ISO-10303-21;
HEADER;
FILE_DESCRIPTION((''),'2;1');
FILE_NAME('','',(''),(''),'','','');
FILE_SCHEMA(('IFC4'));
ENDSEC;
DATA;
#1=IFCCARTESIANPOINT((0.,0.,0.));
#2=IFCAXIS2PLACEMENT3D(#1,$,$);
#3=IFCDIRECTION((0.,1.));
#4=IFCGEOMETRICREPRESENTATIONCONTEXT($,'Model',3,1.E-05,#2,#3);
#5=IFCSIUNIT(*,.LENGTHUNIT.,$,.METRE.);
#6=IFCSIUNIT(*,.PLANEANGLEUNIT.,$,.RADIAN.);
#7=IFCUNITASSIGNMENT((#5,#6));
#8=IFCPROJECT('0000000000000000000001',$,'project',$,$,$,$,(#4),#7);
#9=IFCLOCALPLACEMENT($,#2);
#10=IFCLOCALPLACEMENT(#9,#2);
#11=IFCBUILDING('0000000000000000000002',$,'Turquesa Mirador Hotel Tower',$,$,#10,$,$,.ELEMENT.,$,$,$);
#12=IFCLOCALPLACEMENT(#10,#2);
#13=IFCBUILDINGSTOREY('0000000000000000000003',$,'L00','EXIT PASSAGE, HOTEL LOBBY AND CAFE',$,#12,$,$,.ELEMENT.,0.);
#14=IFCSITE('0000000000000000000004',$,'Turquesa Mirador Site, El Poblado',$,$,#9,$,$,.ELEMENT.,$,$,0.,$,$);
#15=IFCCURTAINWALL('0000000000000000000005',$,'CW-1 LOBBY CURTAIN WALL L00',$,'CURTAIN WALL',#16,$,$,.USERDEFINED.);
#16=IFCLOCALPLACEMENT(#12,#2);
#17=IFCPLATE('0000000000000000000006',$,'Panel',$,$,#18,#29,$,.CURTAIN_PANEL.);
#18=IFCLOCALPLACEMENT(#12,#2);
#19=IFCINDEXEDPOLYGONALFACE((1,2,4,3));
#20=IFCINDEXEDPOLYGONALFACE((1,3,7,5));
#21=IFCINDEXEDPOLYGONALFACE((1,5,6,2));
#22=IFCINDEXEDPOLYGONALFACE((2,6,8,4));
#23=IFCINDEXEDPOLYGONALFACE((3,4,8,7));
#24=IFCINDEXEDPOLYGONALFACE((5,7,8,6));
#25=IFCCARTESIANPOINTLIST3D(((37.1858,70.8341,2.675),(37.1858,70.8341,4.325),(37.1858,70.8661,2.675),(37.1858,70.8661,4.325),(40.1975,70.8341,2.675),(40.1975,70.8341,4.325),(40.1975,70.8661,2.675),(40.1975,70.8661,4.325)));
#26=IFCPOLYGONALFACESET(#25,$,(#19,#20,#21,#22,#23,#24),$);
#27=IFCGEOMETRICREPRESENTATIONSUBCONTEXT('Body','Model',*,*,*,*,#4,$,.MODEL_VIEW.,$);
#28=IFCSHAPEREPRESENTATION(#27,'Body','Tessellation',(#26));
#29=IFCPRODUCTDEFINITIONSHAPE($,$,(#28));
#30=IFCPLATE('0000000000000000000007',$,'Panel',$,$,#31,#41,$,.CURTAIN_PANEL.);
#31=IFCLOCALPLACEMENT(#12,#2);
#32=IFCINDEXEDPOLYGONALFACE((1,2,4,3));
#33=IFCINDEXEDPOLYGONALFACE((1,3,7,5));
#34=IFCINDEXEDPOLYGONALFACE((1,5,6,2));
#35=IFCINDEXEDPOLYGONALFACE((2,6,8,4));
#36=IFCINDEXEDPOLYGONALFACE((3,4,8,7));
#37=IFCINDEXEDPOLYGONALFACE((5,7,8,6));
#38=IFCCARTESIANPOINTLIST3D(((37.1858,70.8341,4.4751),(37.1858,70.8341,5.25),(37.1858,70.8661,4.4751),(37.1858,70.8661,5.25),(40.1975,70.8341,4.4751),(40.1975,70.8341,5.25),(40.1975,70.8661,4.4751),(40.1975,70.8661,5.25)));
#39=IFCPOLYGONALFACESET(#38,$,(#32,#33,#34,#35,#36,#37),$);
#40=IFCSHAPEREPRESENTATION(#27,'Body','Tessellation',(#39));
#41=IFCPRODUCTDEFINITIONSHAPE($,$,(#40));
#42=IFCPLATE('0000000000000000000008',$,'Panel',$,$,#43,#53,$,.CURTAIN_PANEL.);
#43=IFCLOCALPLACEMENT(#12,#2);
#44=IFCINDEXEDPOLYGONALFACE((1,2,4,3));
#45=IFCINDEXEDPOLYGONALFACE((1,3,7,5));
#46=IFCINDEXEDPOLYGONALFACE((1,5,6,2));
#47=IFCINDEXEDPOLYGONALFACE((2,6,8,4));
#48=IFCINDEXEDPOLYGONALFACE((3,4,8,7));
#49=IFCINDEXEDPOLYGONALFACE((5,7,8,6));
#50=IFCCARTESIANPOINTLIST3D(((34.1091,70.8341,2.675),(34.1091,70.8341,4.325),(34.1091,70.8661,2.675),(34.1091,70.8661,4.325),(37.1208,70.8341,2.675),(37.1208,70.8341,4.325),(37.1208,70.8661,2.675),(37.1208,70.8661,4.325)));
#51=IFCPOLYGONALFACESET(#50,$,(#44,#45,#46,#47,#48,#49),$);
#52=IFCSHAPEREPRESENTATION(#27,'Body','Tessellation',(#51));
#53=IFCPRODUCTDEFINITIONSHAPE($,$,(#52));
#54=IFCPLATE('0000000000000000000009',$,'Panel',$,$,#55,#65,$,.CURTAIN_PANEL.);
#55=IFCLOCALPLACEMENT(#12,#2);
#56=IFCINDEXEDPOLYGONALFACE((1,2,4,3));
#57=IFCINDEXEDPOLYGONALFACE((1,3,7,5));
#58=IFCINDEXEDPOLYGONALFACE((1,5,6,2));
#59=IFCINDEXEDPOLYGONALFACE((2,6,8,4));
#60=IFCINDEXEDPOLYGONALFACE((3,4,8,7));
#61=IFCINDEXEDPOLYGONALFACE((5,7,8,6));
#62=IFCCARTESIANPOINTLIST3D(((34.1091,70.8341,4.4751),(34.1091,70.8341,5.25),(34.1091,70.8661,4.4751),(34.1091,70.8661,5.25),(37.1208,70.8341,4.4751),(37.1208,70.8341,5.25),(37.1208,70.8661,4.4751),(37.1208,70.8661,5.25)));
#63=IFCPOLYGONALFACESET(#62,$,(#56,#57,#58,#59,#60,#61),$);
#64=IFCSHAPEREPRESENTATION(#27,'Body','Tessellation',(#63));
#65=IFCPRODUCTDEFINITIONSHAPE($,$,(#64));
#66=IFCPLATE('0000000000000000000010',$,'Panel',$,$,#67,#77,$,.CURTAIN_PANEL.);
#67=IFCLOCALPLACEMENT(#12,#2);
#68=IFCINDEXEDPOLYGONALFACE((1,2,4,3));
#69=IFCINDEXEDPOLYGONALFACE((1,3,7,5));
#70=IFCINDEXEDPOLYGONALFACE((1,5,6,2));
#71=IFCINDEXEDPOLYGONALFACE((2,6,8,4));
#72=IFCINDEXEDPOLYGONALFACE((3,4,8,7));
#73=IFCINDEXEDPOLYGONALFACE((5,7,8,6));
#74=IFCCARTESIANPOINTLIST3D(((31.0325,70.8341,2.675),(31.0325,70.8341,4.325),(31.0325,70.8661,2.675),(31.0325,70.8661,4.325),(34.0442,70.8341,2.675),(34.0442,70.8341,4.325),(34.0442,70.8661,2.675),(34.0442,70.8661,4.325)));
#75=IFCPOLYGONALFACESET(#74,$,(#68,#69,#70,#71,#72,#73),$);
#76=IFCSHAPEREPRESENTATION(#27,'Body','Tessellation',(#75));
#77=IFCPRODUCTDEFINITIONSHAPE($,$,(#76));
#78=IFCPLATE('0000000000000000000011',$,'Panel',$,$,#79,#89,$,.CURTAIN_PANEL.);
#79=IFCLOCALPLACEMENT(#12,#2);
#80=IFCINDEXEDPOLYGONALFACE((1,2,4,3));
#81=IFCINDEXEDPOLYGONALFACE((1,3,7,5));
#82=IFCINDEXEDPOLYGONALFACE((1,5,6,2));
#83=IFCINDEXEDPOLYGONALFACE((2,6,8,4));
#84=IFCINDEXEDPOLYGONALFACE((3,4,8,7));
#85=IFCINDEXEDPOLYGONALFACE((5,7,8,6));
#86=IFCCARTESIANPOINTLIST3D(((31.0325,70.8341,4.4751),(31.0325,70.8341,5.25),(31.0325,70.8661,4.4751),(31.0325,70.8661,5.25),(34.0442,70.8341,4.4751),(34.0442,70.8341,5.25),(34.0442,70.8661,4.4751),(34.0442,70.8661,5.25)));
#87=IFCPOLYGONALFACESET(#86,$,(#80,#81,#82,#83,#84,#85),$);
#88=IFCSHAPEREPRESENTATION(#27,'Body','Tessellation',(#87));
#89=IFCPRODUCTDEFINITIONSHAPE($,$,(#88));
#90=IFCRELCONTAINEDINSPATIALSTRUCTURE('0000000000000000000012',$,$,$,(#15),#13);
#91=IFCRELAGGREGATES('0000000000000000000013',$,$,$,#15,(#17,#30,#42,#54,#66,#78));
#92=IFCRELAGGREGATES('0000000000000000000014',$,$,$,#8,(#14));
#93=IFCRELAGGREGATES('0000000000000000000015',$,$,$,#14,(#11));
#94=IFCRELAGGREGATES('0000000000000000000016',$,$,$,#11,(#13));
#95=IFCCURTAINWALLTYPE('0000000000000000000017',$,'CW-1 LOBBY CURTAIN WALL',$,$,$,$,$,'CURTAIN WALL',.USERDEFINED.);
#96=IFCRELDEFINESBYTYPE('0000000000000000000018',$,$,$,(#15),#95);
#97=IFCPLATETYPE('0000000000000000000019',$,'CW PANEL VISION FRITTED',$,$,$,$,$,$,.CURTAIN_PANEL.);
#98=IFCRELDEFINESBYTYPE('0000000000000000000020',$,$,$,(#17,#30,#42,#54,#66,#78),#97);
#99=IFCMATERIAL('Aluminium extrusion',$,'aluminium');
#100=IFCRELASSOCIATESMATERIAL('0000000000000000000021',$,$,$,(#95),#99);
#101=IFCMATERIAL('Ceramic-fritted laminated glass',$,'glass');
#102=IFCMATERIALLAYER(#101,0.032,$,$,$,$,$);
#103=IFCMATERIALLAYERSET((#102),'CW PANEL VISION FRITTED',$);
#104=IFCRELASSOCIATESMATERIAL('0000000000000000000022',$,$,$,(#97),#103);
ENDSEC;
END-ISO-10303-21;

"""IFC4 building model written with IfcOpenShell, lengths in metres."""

from ifc_helpers import new_model, si_unit, direction, frame, origin, origin_2d, place, context, subcontext, project, spatial, rectangle, extrude, material, layer, layer_set, type_object, element, aggregate, save


model = new_model("IFC4")

# Units and contexts
model_context = context("Model", 3, precision=1e-05, world=origin(), true_north=direction((0.0, 1.0)))
body_context = subcontext(model_context, "Body", "Model", "MODEL_VIEW")
ifc_project = project(units=[si_unit("LENGTHUNIT", "METRE"), si_unit("PLANEANGLEUNIT", "RADIAN")], contexts=[model_context])

# Site, building, storey
site_placement = place(None, origin())
site = spatial("IfcSite", under=ifc_project, at=site_placement, Name="Turquesa Mirador Site, El Poblado", CompositionType="ELEMENT", RefElevation=0.0)
building_placement = place(site_placement, origin())
building = spatial("IfcBuilding", under=site, at=building_placement, Name="Turquesa Mirador Hotel Tower", CompositionType="ELEMENT")
storey_placement = place(building_placement, origin())
storey = spatial("IfcBuildingStorey", under=building, at=storey_placement, Name="L00", Description="EXIT PASSAGE, HOTEL LOBBY AND CAFE", CompositionType="ELEMENT", Elevation=0.0)

# Curtain wall, plates
ifc_material_1 = material(Name="Aluminium extrusion", Category="aluminium")
curtain_wall_type = type_object("IfcCurtainWallType", Name="CW-1 LOBBY CURTAIN WALL", ElementType="CURTAIN WALL", PredefinedType="USERDEFINED", material=ifc_material_1)
curtain_wall_placement = place(storey_placement, origin())
curtain_wall = element("IfcCurtainWall", 1, at=curtain_wall_placement, inside=storey, type_object=curtain_wall_type, Name="CW-1 LOBBY CURTAIN WALL L00", ObjectType="CURTAIN WALL", PredefinedType="USERDEFINED")
ifc_material_2 = material(Name="Ceramic-fritted laminated glass", Category="glass")
ifc_layer_1 = layer(ifc_material_2, 0.032)
ifc_layer_set_1 = layer_set([ifc_layer_1], Name="CW PANEL VISION FRITTED")
plate_type_1 = type_object("IfcPlateType", Name="CW PANEL VISION FRITTED", PredefinedType="CURTAIN_PANEL", material=ifc_layer_set_1)
plate_1_placement = place(storey_placement, frame((38.6917, 70.8501, 2.675), z_axis=(0.0, 0.0, 1.0), x_axis=(-1.0, 0.0, 0.0)))
plate_1 = element("IfcPlate", 2, at=plate_1_placement, type_object=plate_type_1, Name="Panel", PredefinedType="CURTAIN_PANEL", context=body_context, shape_type="SweptSolid", body=[
    extrude(rectangle(XDim=3.0117, YDim=0.032, at=origin_2d()), origin(), (0.0, 0.0, 1.0), 1.6499),
])
plate_2_placement = place(storey_placement, frame((38.6917, 70.8501, 4.4751), z_axis=(0.0, 0.0, 1.0), x_axis=(-1.0, 0.0, 0.0)))
plate_2 = element("IfcPlate", 3, at=plate_2_placement, type_object=plate_type_1, Name="Panel", PredefinedType="CURTAIN_PANEL", context=body_context, shape_type="SweptSolid", body=[
    extrude(rectangle(XDim=3.0117, YDim=0.032, at=origin_2d()), origin(), (0.0, 0.0, 1.0), 0.7749),
])
plate_3_placement = place(storey_placement, frame((35.615, 70.8501, 2.675), z_axis=(0.0, 0.0, 1.0), x_axis=(-1.0, 0.0, 0.0)))
plate_3 = element("IfcPlate", 4, at=plate_3_placement, type_object=plate_type_1, Name="Panel", PredefinedType="CURTAIN_PANEL", context=body_context, shape_type="SweptSolid", body=[
    extrude(rectangle(XDim=3.0117, YDim=0.032, at=origin_2d()), origin(), (0.0, 0.0, 1.0), 1.6499),
])
plate_4_placement = place(storey_placement, frame((35.615, 70.8501, 4.4751), z_axis=(0.0, 0.0, 1.0), x_axis=(-1.0, 0.0, 0.0)))
plate_4 = element("IfcPlate", 5, at=plate_4_placement, type_object=plate_type_1, Name="Panel", PredefinedType="CURTAIN_PANEL", context=body_context, shape_type="SweptSolid", body=[
    extrude(rectangle(XDim=3.0117, YDim=0.032, at=origin_2d()), origin(), (0.0, 0.0, 1.0), 0.7749),
])
plate_5_placement = place(storey_placement, frame((32.5383, 70.8501, 2.675), z_axis=(0.0, 0.0, 1.0), x_axis=(-1.0, 0.0, 0.0)))
plate_5 = element("IfcPlate", 6, at=plate_5_placement, type_object=plate_type_1, Name="Panel", PredefinedType="CURTAIN_PANEL", context=body_context, shape_type="SweptSolid", body=[
    extrude(rectangle(XDim=3.0117, YDim=0.032, at=origin_2d()), origin(), (0.0, 0.0, 1.0), 1.6499),
])
plate_6_placement = place(storey_placement, frame((32.5383, 70.8501, 4.4751), z_axis=(0.0, 0.0, 1.0), x_axis=(-1.0, 0.0, 0.0)))
plate_6 = element("IfcPlate", 7, at=plate_6_placement, type_object=plate_type_1, Name="Panel", PredefinedType="CURTAIN_PANEL", context=body_context, shape_type="SweptSolid", body=[
    extrude(rectangle(XDim=3.0117, YDim=0.032, at=origin_2d()), origin(), (0.0, 0.0, 1.0), 0.7749),
])
aggregate(curtain_wall, [plate_1, plate_2, plate_3, plate_4, plate_5, plate_6])

save(model, "model.ifc")
